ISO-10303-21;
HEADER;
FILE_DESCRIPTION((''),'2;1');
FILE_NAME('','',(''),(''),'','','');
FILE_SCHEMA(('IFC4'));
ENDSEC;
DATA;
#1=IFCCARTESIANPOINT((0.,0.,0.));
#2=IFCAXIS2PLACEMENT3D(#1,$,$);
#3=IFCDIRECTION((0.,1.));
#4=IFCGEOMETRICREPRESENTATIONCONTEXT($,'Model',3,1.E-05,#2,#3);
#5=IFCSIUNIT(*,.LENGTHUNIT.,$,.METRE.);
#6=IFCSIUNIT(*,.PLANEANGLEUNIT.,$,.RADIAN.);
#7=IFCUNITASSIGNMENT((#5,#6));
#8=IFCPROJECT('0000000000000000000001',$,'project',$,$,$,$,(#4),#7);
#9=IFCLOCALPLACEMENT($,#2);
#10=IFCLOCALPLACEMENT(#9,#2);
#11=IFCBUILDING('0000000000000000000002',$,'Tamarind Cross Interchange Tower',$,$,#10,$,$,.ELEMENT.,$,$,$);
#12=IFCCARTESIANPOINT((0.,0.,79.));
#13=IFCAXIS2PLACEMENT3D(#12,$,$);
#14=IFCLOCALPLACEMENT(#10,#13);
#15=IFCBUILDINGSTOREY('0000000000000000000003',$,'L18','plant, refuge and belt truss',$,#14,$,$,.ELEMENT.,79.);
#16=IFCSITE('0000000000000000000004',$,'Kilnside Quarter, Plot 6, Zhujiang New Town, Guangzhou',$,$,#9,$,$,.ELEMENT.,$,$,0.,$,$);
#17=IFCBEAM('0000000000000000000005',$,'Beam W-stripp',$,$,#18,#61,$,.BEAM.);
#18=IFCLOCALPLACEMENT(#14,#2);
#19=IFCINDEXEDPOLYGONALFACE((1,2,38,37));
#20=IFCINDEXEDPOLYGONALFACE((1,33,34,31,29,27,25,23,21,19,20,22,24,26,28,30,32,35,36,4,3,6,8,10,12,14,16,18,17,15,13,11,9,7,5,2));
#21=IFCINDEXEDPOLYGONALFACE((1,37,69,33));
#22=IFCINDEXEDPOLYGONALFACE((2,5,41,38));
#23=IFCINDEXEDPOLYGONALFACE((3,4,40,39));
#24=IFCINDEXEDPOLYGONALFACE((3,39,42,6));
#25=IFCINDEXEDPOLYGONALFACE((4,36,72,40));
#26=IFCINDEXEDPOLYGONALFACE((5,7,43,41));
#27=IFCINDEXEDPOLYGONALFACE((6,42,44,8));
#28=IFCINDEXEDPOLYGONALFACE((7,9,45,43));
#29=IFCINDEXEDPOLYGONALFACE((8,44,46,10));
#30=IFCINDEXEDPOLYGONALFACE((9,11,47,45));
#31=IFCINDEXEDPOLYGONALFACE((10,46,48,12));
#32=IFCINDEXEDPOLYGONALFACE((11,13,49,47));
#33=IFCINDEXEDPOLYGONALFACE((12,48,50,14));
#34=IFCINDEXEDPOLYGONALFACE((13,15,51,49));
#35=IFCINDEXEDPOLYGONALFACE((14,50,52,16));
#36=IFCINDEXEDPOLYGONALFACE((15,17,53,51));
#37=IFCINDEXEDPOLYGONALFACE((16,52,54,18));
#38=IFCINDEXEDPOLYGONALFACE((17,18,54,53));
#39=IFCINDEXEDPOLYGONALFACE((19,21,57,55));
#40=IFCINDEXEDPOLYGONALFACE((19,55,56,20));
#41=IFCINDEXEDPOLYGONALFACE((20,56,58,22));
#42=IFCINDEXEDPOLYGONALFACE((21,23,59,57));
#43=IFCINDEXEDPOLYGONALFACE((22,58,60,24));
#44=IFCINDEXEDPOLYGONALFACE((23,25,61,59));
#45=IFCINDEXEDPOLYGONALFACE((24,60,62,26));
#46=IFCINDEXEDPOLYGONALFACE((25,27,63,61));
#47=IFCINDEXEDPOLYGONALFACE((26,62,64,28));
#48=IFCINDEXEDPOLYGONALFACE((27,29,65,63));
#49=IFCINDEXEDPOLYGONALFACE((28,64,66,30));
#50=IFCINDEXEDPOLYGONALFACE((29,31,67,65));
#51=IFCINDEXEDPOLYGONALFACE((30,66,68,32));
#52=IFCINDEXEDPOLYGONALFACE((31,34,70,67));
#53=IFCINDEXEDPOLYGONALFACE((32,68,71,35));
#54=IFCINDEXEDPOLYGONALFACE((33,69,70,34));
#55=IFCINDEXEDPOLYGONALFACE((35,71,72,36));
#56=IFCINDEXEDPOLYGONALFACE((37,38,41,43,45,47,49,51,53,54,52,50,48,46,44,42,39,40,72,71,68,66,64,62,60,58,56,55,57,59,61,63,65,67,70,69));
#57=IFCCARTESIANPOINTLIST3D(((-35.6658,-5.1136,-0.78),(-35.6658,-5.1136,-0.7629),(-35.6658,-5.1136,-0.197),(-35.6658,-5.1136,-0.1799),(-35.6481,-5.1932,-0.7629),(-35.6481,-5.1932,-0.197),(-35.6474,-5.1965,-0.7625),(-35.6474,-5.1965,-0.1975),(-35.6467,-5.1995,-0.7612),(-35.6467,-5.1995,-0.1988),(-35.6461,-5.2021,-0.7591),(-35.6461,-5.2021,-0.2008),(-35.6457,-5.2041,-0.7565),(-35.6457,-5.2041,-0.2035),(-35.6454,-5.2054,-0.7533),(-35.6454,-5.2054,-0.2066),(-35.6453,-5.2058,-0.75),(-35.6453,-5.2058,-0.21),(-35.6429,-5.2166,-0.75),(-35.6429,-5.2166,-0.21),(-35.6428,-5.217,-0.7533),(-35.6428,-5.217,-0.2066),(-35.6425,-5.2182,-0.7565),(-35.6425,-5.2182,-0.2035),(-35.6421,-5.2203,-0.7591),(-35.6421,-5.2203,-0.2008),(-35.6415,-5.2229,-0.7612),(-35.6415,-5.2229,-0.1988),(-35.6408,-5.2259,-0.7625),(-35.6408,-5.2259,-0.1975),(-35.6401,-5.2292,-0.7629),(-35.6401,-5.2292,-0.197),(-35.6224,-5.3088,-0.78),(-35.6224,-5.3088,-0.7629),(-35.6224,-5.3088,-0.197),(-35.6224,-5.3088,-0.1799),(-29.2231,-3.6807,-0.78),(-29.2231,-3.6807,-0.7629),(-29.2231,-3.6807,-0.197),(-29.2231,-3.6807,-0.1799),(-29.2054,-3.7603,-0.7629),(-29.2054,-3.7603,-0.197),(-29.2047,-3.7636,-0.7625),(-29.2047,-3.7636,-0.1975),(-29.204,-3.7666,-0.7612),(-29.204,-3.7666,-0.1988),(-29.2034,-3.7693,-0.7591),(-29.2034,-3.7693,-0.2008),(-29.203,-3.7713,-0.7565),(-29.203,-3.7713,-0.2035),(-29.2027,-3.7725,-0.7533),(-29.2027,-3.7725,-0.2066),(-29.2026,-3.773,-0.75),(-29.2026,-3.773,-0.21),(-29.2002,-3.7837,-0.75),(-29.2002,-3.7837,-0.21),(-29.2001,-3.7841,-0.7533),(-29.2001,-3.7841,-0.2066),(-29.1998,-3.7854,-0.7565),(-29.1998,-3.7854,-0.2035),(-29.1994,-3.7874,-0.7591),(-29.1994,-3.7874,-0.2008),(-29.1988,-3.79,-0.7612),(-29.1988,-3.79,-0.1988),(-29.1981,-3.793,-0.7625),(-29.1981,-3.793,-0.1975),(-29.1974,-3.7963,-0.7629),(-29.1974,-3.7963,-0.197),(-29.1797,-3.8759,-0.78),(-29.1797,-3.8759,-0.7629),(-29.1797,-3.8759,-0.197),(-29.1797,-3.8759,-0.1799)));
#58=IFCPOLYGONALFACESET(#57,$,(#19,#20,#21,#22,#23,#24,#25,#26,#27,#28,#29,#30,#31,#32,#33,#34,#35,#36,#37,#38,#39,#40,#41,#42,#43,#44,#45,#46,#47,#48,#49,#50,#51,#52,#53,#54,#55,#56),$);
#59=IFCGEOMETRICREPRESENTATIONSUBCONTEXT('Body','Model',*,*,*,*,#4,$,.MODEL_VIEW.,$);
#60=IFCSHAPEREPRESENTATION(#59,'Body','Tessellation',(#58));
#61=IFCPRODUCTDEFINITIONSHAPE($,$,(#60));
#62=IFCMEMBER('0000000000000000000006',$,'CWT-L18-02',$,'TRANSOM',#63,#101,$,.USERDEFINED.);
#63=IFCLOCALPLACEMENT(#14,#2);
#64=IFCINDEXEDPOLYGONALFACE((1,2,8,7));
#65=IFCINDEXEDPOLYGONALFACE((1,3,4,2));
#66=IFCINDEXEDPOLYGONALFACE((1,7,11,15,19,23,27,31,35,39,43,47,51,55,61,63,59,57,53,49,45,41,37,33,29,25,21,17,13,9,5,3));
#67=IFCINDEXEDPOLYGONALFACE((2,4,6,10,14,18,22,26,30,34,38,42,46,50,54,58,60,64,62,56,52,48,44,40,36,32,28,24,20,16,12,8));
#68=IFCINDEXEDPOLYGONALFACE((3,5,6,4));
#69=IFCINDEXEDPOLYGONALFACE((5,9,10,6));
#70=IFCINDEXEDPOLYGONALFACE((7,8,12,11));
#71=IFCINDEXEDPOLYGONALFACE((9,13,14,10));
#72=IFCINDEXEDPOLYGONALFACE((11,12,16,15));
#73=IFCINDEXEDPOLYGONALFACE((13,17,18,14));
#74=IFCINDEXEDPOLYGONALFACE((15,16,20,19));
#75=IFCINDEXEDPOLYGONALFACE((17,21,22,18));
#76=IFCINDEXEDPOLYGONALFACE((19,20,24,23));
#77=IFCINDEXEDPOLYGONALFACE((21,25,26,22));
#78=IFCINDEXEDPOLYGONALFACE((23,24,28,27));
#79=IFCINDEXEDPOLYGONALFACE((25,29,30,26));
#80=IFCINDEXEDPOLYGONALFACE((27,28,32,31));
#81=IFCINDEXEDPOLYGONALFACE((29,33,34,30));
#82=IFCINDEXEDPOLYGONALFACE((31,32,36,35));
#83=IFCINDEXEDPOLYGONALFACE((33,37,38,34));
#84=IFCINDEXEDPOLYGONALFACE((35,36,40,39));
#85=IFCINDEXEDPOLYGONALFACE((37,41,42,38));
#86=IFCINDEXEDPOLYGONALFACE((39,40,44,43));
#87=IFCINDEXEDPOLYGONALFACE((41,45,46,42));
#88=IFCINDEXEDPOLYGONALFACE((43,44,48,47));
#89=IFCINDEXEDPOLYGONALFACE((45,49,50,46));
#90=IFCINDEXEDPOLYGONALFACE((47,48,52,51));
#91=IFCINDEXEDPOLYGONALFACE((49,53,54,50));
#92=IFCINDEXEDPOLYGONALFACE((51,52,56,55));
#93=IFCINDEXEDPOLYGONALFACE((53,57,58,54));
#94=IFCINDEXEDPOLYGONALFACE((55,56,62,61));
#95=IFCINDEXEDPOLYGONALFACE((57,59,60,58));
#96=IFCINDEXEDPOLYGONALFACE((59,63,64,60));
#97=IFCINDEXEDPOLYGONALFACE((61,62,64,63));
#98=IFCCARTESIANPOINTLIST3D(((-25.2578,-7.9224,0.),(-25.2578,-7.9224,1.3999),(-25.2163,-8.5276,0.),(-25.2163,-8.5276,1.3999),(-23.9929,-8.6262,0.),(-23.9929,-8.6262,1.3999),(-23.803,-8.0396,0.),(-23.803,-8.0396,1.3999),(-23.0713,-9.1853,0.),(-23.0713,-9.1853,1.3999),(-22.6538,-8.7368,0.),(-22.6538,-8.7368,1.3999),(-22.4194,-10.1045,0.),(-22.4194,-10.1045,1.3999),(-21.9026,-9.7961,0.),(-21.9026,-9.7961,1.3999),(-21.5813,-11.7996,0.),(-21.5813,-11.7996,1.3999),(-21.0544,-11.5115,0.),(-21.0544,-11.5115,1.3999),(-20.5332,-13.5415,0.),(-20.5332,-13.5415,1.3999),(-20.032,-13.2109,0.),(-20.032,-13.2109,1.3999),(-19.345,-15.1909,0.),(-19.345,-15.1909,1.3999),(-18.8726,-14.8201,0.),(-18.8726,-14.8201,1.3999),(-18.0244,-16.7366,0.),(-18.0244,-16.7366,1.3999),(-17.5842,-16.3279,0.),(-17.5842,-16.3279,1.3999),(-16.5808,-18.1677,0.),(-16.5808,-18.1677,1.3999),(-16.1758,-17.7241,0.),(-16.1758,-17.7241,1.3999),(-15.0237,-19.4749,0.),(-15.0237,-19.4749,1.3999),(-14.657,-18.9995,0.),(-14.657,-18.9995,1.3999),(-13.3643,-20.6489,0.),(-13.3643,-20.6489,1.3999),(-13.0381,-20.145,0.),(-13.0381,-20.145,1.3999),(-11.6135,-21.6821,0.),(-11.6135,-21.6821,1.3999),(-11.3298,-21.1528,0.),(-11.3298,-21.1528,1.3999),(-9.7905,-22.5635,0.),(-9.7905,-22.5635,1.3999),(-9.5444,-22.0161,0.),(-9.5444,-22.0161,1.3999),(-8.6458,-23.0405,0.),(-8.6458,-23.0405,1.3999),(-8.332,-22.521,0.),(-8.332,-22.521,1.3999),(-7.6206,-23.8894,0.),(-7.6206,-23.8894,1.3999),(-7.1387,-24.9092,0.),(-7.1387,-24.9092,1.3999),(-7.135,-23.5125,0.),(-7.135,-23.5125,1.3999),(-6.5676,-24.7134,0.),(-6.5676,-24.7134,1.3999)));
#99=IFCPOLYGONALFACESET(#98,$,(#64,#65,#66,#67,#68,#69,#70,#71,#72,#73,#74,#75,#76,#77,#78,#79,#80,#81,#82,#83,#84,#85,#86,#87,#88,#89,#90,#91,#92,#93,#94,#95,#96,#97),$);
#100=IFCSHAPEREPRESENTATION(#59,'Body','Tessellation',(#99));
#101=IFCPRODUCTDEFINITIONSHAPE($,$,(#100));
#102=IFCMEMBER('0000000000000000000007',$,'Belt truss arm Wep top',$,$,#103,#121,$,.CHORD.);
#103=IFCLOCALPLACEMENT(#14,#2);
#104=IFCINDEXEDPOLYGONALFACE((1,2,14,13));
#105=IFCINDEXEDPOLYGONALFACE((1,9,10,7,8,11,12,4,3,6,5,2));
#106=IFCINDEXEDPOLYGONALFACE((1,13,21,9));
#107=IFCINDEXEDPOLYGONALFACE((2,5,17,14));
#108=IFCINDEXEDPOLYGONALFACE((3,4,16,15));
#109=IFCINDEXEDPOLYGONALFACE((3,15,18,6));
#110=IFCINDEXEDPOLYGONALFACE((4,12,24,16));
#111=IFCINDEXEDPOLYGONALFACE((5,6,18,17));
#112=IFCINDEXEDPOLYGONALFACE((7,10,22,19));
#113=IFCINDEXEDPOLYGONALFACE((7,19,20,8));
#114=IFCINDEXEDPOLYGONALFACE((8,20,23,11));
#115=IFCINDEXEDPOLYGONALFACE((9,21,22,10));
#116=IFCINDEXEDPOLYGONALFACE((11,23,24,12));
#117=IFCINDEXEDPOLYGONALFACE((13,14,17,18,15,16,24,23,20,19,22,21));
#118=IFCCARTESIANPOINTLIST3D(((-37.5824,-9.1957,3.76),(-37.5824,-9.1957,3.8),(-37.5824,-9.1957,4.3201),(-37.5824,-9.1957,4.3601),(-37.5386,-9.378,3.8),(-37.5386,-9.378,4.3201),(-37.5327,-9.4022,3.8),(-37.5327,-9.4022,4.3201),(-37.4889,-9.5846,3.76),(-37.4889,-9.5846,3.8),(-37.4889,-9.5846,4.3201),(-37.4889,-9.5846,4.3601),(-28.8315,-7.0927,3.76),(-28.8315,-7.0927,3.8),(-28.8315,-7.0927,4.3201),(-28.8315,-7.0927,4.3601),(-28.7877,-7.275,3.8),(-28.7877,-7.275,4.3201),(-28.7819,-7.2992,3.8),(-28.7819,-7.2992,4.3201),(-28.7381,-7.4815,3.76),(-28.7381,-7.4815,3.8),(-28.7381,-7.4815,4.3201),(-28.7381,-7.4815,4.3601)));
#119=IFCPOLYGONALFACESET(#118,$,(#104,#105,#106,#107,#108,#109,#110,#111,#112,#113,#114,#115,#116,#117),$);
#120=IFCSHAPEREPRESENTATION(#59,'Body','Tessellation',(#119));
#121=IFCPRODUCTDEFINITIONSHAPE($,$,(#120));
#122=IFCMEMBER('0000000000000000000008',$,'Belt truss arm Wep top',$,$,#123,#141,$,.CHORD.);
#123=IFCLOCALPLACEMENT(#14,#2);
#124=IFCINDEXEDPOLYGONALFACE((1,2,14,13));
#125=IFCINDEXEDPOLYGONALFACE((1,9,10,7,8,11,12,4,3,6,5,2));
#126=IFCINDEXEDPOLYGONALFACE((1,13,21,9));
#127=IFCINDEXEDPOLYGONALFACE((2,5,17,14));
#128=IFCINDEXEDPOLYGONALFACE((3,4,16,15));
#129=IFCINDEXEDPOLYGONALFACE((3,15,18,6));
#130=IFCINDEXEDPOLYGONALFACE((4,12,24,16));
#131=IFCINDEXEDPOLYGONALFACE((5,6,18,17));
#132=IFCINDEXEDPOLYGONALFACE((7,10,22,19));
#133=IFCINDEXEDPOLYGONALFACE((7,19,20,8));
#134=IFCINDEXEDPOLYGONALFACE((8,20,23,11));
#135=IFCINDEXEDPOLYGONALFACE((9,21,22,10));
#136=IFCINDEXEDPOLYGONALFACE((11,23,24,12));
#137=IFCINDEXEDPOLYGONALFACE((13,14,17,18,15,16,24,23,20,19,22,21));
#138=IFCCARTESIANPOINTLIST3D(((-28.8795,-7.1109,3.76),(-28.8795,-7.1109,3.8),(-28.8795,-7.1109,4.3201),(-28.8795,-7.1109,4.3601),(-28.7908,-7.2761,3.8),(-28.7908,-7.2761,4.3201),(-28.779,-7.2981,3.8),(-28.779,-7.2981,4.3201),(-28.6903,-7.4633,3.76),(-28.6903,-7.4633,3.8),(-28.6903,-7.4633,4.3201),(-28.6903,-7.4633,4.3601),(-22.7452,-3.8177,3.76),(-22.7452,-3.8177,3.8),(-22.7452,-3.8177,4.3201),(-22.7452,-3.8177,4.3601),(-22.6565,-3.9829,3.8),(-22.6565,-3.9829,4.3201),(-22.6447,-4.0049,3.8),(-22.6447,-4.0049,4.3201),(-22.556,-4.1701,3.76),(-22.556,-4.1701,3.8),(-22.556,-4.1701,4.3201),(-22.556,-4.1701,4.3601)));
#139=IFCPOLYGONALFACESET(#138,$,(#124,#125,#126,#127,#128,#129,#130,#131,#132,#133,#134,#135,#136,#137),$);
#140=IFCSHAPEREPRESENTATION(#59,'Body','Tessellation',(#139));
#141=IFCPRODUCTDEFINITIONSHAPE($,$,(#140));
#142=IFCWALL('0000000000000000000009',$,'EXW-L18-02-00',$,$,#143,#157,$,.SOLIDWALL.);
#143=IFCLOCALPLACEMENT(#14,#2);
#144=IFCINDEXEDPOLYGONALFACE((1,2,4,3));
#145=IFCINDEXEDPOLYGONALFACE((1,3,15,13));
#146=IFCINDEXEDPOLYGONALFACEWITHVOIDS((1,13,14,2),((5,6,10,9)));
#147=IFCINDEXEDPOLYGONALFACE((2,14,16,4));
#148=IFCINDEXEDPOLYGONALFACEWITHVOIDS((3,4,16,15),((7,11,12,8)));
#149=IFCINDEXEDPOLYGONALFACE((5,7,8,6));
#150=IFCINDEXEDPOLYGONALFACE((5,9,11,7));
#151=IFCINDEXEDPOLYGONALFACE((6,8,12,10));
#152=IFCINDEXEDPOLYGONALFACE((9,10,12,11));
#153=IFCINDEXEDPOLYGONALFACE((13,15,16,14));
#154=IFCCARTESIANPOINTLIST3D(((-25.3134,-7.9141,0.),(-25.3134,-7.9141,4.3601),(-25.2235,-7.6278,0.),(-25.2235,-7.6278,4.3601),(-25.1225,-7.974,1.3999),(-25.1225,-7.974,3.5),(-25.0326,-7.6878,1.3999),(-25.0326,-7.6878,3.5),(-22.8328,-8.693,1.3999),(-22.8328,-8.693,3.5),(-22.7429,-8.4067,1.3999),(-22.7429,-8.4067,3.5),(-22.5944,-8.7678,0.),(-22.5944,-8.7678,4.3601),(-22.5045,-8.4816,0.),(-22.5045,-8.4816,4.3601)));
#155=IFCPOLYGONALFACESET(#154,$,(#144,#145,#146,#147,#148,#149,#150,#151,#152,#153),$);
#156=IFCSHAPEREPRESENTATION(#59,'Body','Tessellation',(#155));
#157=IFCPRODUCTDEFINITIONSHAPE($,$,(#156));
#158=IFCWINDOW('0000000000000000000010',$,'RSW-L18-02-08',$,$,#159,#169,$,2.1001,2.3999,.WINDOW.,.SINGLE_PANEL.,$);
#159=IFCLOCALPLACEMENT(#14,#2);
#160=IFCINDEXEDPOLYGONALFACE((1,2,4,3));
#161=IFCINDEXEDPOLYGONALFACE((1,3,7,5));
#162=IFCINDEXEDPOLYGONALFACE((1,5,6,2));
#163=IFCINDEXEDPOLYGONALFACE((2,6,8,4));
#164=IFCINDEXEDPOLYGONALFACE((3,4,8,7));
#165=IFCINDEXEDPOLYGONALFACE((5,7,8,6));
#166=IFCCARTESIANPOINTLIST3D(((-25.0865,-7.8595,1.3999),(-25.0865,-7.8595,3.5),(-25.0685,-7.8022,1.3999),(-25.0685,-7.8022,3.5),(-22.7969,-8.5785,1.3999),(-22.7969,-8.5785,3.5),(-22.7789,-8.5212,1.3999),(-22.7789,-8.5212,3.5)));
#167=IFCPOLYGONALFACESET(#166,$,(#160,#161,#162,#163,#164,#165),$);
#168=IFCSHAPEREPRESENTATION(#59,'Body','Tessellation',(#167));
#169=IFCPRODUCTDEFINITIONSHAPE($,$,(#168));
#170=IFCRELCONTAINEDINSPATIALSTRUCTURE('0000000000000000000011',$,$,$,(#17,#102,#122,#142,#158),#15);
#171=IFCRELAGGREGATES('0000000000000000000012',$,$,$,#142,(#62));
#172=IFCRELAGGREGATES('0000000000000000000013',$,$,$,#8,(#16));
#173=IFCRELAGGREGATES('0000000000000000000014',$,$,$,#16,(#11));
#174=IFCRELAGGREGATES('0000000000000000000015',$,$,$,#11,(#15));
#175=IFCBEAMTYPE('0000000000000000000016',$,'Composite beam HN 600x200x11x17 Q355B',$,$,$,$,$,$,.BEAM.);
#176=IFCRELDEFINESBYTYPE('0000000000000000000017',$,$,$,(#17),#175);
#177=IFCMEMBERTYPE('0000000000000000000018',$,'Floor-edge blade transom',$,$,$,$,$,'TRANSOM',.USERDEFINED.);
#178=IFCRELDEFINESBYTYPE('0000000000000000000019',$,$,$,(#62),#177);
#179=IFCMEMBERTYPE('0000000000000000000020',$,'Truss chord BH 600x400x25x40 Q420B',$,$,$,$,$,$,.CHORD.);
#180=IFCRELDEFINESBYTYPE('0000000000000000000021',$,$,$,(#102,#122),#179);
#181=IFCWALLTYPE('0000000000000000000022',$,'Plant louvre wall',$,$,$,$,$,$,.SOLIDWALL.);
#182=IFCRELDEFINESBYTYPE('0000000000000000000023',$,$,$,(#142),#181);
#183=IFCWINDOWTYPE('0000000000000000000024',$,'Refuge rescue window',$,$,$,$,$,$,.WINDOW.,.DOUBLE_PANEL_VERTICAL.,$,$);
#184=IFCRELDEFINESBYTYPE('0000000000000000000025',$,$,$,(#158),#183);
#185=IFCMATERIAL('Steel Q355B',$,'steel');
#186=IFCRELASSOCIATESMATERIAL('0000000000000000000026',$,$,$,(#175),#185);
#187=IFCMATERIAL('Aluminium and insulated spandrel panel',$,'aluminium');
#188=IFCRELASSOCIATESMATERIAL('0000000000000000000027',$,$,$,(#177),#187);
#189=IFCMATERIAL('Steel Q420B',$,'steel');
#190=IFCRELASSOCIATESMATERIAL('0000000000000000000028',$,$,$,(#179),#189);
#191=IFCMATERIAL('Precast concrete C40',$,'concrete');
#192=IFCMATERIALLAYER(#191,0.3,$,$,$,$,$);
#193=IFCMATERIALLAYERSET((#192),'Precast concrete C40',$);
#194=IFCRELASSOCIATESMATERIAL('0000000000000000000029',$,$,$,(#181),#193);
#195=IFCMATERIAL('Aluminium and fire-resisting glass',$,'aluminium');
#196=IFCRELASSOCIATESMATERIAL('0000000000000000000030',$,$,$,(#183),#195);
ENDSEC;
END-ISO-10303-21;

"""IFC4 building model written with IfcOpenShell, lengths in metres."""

from ifc_helpers import new_model, si_unit, direction, frame, frame_2d, origin, origin_2d, place, context, subcontext, project, spatial, polyline, rectangle, i_section, outline, extrude, material, layer, layer_set, material_profile, profile_set, type_object, element, fill, aggregate, save


model = new_model("IFC4")

# Units and contexts
model_context = context("Model", 3, precision=1e-05, world=origin(), true_north=direction((0.0, 1.0)))
body_context = subcontext(model_context, "Body", "Model", "MODEL_VIEW")
ifc_project = project(units=[si_unit("LENGTHUNIT", "METRE"), si_unit("PLANEANGLEUNIT", "RADIAN")], contexts=[model_context])

# Site, building, storey
site_placement = place(None, origin())
site = spatial("IfcSite", under=ifc_project, at=site_placement, Name="Kilnside Quarter, Plot 6, Zhujiang New Town, Guangzhou", CompositionType="ELEMENT", RefElevation=0.0)
building_placement = place(site_placement, origin())
building = spatial("IfcBuilding", under=site, at=building_placement, Name="Tamarind Cross Interchange Tower", CompositionType="ELEMENT")
storey_placement = place(building_placement, frame((0.0, 0.0, 79.0)))
storey = spatial("IfcBuildingStorey", under=building, at=storey_placement, Name="L18", Description="plant, refuge and belt truss", CompositionType="ELEMENT", Elevation=79.0)

# Beam
ifc_material_1 = material(Name="Steel Q355B", Category="steel")
ifc_material_profile_1 = material_profile(ifc_material_1, i_section(OverallWidth=0.2, OverallDepth=0.6001, WebThickness=0.011, FlangeThickness=0.0171, FilletRadius=0.0129, at=origin_2d()), Name="HN 600x200x11x17")
ifc_profile_set_1 = profile_set([ifc_material_profile_1], Name="Steel Q355B")
beam_type = type_object("IfcBeamType", Name="Composite beam HN 600x200x11x17 Q355B", PredefinedType="BEAM", material=ifc_profile_set_1)
for number, where, z_axis, x_axis, name in (
    (1, (-29.2014, -3.7783, -0.48), (-0.97615, -0.217099, 0.0), (0.217099, -0.97615, 0.0), "Beam W-stripp"),
):
    element("IfcBeam", number, at=place(storey_placement, frame(where, z_axis=z_axis, x_axis=x_axis)), inside=storey, type_object=beam_type, Name=name, PredefinedType="BEAM", context=body_context, shape_type="SweptSolid", body=[
        extrude(i_section(OverallWidth=0.2, OverallDepth=0.6001, WebThickness=0.011, FlangeThickness=0.0171, FilletRadius=0.0129, at=origin_2d()), origin(), (0.0, 0.0, 1.0), 6.6001),
    ])

# Member
ifc_material_2 = material(Name="Aluminium and insulated spandrel panel", Category="aluminium")
member_type_1 = type_object("IfcMemberType", Name="Floor-edge blade transom", ElementType="TRANSOM", PredefinedType="USERDEFINED", material=ifc_material_2)
member_1_placement = place(storey_placement, origin())
member_1 = element("IfcMember", 2, at=member_1_placement, type_object=member_type_1, Name="CWT-L18-02", ObjectType="TRANSOM", PredefinedType="USERDEFINED", context=body_context, shape_type="SweptSolid", body=[
    extrude(outline(polyline([(-25.2578, -7.9224), (-23.803, -8.0396), (-22.6538, -8.7368), (-21.9026, -9.7961), (-21.0544, -11.5115), (-20.032, -13.2109), (-18.8726, -14.8201), (-17.5842, -16.3279), (-16.1758, -17.7241), (-14.657, -18.9995), (-13.0381, -20.145), (-11.3298, -21.1528), (-9.5444, -22.0161), (-8.332, -22.521), (-7.135, -23.5125), (-6.5676, -24.7134), (-7.1387, -24.9092), (-7.6206, -23.8894), (-8.6458, -23.0405), (-9.7905, -22.5635), (-11.6135, -21.6821), (-13.3643, -20.6489), (-15.0237, -19.4749), (-16.5808, -18.1677), (-18.0244, -16.7366), (-19.345, -15.1909), (-20.5332, -13.5415), (-21.5813, -11.7996), (-22.4194, -10.1045), (-23.0713, -9.1853), (-23.9929, -8.6262), (-25.2163, -8.5276), (-25.2578, -7.9224)])), origin(), (0.0, 0.0, 1.0), 1.3999),
])

# Members
ifc_material_3 = material(Name="Steel Q420B", Category="steel")
ifc_material_profile_2 = material_profile(ifc_material_3, i_section(OverallWidth=0.3999, OverallDepth=0.6001, WebThickness=0.0249, FlangeThickness=0.04, at=origin_2d()), Name="BH 600x400x25x40")
ifc_profile_set_2 = profile_set([ifc_material_profile_2], Name="Steel Q420B")
member_type_2 = type_object("IfcMemberType", Name="Truss chord BH 600x400x25x40 Q420B", PredefinedType="CHORD", material=ifc_profile_set_2)
member_2_placement = place(storey_placement, frame((-37.5356, -9.3901, 4.0601), z_axis=(0.972315, 0.233673, 0.0), x_axis=(-0.233673, 0.972315, 0.0)))
element("IfcMember", 3, at=member_2_placement, inside=storey, type_object=member_type_2, Name="Belt truss arm Wep top", PredefinedType="CHORD", context=body_context, shape_type="SweptSolid", body=[
    extrude(i_section(OverallWidth=0.3999, OverallDepth=0.6001, WebThickness=0.0249, FlangeThickness=0.04, at=origin_2d()), origin(), (0.0, 0.0, 1.0), 9.0),
])
member_3_placement = place(storey_placement, frame((-28.7849, -7.2871, 4.0601), z_axis=(0.881062, 0.473002, 0.0), x_axis=(-0.473002, 0.881062, 0.0)))
element("IfcMember", 4, at=member_3_placement, inside=storey, type_object=member_type_2, Name="Belt truss arm Wep top", PredefinedType="CHORD", context=body_context, shape_type="SweptSolid", body=[
    extrude(i_section(OverallWidth=0.3999, OverallDepth=0.6001, WebThickness=0.0249, FlangeThickness=0.04, at=origin_2d()), origin(), (0.0, 0.0, 1.0), 6.9624),
])

# Wall, opening, window
ifc_material_4 = material(Name="Precast concrete C40", Category="concrete")
ifc_layer_1 = layer(ifc_material_4, 0.3)
ifc_layer_set_1 = layer_set([ifc_layer_1], Name="Precast concrete C40")
wall_type_1 = type_object("IfcWallType", Name="Plant louvre wall", PredefinedType="SOLIDWALL", material=ifc_layer_set_1)
wall_1_placement = place(storey_placement, frame((-25.2683, -7.771, 0.0), z_axis=(0.0, 0.0, 1.0), x_axis=(0.954072, -0.299577, 0.0)))
wall_1 = element("IfcWall", 5, at=wall_1_placement, inside=storey, type_object=wall_type_1, Name="EXW-L18-02-00", PredefinedType="SOLIDWALL", context=body_context, shape_type="SweptSolid", body=[
    extrude(rectangle(XDim=2.8499, YDim=0.3, at=frame_2d((1.4248, 0.0))), origin(), (0.0, 0.0, 1.0), 4.3601),
])
opening_1_placement = place(wall_1_placement, frame((0.2, 0.0, 1.3999)))
opening_1 = element("IfcOpeningElement", 6, at=opening_1_placement, cuts=wall_1, PredefinedType="OPENING", context=body_context, shape_type="SweptSolid", body=[
    extrude(rectangle(XDim=2.3999, YDim=2.1001, at=frame_2d((1.2, 1.05))), frame((0.0, 0.1599, 0.0), z_axis=(0.0, -1.0, 0.0), x_axis=(1.0, 0.0, 0.0)), (0.0, 0.0, 1.0), 0.3201),
])
ifc_material_5 = material(Name="Aluminium and fire-resisting glass", Category="aluminium")
window_type = type_object("IfcWindowType", Name="Refuge rescue window", PartitioningType="DOUBLE_PANEL_VERTICAL", PredefinedType="WINDOW", material=ifc_material_5)
window_placement = place(opening_1_placement, origin())
window = element("IfcWindow", 7, at=window_placement, inside=storey, type_object=window_type, Name="RSW-L18-02-08", OverallHeight=2.1001, OverallWidth=2.3999, PartitioningType="SINGLE_PANEL", PredefinedType="WINDOW", context=body_context, shape_type="SweptSolid", body=[
    extrude(rectangle(XDim=2.3999, YDim=2.1001, at=frame_2d((1.2, 1.05))), frame((0.0, 0.03, 0.0), z_axis=(0.0, -1.0, 0.0), x_axis=(1.0, 0.0, 0.0)), (0.0, 0.0, 1.0), 0.0601),
])
fill(opening_1, window)
aggregate(wall_1, [member_1])

save(model, "model.ifc")
